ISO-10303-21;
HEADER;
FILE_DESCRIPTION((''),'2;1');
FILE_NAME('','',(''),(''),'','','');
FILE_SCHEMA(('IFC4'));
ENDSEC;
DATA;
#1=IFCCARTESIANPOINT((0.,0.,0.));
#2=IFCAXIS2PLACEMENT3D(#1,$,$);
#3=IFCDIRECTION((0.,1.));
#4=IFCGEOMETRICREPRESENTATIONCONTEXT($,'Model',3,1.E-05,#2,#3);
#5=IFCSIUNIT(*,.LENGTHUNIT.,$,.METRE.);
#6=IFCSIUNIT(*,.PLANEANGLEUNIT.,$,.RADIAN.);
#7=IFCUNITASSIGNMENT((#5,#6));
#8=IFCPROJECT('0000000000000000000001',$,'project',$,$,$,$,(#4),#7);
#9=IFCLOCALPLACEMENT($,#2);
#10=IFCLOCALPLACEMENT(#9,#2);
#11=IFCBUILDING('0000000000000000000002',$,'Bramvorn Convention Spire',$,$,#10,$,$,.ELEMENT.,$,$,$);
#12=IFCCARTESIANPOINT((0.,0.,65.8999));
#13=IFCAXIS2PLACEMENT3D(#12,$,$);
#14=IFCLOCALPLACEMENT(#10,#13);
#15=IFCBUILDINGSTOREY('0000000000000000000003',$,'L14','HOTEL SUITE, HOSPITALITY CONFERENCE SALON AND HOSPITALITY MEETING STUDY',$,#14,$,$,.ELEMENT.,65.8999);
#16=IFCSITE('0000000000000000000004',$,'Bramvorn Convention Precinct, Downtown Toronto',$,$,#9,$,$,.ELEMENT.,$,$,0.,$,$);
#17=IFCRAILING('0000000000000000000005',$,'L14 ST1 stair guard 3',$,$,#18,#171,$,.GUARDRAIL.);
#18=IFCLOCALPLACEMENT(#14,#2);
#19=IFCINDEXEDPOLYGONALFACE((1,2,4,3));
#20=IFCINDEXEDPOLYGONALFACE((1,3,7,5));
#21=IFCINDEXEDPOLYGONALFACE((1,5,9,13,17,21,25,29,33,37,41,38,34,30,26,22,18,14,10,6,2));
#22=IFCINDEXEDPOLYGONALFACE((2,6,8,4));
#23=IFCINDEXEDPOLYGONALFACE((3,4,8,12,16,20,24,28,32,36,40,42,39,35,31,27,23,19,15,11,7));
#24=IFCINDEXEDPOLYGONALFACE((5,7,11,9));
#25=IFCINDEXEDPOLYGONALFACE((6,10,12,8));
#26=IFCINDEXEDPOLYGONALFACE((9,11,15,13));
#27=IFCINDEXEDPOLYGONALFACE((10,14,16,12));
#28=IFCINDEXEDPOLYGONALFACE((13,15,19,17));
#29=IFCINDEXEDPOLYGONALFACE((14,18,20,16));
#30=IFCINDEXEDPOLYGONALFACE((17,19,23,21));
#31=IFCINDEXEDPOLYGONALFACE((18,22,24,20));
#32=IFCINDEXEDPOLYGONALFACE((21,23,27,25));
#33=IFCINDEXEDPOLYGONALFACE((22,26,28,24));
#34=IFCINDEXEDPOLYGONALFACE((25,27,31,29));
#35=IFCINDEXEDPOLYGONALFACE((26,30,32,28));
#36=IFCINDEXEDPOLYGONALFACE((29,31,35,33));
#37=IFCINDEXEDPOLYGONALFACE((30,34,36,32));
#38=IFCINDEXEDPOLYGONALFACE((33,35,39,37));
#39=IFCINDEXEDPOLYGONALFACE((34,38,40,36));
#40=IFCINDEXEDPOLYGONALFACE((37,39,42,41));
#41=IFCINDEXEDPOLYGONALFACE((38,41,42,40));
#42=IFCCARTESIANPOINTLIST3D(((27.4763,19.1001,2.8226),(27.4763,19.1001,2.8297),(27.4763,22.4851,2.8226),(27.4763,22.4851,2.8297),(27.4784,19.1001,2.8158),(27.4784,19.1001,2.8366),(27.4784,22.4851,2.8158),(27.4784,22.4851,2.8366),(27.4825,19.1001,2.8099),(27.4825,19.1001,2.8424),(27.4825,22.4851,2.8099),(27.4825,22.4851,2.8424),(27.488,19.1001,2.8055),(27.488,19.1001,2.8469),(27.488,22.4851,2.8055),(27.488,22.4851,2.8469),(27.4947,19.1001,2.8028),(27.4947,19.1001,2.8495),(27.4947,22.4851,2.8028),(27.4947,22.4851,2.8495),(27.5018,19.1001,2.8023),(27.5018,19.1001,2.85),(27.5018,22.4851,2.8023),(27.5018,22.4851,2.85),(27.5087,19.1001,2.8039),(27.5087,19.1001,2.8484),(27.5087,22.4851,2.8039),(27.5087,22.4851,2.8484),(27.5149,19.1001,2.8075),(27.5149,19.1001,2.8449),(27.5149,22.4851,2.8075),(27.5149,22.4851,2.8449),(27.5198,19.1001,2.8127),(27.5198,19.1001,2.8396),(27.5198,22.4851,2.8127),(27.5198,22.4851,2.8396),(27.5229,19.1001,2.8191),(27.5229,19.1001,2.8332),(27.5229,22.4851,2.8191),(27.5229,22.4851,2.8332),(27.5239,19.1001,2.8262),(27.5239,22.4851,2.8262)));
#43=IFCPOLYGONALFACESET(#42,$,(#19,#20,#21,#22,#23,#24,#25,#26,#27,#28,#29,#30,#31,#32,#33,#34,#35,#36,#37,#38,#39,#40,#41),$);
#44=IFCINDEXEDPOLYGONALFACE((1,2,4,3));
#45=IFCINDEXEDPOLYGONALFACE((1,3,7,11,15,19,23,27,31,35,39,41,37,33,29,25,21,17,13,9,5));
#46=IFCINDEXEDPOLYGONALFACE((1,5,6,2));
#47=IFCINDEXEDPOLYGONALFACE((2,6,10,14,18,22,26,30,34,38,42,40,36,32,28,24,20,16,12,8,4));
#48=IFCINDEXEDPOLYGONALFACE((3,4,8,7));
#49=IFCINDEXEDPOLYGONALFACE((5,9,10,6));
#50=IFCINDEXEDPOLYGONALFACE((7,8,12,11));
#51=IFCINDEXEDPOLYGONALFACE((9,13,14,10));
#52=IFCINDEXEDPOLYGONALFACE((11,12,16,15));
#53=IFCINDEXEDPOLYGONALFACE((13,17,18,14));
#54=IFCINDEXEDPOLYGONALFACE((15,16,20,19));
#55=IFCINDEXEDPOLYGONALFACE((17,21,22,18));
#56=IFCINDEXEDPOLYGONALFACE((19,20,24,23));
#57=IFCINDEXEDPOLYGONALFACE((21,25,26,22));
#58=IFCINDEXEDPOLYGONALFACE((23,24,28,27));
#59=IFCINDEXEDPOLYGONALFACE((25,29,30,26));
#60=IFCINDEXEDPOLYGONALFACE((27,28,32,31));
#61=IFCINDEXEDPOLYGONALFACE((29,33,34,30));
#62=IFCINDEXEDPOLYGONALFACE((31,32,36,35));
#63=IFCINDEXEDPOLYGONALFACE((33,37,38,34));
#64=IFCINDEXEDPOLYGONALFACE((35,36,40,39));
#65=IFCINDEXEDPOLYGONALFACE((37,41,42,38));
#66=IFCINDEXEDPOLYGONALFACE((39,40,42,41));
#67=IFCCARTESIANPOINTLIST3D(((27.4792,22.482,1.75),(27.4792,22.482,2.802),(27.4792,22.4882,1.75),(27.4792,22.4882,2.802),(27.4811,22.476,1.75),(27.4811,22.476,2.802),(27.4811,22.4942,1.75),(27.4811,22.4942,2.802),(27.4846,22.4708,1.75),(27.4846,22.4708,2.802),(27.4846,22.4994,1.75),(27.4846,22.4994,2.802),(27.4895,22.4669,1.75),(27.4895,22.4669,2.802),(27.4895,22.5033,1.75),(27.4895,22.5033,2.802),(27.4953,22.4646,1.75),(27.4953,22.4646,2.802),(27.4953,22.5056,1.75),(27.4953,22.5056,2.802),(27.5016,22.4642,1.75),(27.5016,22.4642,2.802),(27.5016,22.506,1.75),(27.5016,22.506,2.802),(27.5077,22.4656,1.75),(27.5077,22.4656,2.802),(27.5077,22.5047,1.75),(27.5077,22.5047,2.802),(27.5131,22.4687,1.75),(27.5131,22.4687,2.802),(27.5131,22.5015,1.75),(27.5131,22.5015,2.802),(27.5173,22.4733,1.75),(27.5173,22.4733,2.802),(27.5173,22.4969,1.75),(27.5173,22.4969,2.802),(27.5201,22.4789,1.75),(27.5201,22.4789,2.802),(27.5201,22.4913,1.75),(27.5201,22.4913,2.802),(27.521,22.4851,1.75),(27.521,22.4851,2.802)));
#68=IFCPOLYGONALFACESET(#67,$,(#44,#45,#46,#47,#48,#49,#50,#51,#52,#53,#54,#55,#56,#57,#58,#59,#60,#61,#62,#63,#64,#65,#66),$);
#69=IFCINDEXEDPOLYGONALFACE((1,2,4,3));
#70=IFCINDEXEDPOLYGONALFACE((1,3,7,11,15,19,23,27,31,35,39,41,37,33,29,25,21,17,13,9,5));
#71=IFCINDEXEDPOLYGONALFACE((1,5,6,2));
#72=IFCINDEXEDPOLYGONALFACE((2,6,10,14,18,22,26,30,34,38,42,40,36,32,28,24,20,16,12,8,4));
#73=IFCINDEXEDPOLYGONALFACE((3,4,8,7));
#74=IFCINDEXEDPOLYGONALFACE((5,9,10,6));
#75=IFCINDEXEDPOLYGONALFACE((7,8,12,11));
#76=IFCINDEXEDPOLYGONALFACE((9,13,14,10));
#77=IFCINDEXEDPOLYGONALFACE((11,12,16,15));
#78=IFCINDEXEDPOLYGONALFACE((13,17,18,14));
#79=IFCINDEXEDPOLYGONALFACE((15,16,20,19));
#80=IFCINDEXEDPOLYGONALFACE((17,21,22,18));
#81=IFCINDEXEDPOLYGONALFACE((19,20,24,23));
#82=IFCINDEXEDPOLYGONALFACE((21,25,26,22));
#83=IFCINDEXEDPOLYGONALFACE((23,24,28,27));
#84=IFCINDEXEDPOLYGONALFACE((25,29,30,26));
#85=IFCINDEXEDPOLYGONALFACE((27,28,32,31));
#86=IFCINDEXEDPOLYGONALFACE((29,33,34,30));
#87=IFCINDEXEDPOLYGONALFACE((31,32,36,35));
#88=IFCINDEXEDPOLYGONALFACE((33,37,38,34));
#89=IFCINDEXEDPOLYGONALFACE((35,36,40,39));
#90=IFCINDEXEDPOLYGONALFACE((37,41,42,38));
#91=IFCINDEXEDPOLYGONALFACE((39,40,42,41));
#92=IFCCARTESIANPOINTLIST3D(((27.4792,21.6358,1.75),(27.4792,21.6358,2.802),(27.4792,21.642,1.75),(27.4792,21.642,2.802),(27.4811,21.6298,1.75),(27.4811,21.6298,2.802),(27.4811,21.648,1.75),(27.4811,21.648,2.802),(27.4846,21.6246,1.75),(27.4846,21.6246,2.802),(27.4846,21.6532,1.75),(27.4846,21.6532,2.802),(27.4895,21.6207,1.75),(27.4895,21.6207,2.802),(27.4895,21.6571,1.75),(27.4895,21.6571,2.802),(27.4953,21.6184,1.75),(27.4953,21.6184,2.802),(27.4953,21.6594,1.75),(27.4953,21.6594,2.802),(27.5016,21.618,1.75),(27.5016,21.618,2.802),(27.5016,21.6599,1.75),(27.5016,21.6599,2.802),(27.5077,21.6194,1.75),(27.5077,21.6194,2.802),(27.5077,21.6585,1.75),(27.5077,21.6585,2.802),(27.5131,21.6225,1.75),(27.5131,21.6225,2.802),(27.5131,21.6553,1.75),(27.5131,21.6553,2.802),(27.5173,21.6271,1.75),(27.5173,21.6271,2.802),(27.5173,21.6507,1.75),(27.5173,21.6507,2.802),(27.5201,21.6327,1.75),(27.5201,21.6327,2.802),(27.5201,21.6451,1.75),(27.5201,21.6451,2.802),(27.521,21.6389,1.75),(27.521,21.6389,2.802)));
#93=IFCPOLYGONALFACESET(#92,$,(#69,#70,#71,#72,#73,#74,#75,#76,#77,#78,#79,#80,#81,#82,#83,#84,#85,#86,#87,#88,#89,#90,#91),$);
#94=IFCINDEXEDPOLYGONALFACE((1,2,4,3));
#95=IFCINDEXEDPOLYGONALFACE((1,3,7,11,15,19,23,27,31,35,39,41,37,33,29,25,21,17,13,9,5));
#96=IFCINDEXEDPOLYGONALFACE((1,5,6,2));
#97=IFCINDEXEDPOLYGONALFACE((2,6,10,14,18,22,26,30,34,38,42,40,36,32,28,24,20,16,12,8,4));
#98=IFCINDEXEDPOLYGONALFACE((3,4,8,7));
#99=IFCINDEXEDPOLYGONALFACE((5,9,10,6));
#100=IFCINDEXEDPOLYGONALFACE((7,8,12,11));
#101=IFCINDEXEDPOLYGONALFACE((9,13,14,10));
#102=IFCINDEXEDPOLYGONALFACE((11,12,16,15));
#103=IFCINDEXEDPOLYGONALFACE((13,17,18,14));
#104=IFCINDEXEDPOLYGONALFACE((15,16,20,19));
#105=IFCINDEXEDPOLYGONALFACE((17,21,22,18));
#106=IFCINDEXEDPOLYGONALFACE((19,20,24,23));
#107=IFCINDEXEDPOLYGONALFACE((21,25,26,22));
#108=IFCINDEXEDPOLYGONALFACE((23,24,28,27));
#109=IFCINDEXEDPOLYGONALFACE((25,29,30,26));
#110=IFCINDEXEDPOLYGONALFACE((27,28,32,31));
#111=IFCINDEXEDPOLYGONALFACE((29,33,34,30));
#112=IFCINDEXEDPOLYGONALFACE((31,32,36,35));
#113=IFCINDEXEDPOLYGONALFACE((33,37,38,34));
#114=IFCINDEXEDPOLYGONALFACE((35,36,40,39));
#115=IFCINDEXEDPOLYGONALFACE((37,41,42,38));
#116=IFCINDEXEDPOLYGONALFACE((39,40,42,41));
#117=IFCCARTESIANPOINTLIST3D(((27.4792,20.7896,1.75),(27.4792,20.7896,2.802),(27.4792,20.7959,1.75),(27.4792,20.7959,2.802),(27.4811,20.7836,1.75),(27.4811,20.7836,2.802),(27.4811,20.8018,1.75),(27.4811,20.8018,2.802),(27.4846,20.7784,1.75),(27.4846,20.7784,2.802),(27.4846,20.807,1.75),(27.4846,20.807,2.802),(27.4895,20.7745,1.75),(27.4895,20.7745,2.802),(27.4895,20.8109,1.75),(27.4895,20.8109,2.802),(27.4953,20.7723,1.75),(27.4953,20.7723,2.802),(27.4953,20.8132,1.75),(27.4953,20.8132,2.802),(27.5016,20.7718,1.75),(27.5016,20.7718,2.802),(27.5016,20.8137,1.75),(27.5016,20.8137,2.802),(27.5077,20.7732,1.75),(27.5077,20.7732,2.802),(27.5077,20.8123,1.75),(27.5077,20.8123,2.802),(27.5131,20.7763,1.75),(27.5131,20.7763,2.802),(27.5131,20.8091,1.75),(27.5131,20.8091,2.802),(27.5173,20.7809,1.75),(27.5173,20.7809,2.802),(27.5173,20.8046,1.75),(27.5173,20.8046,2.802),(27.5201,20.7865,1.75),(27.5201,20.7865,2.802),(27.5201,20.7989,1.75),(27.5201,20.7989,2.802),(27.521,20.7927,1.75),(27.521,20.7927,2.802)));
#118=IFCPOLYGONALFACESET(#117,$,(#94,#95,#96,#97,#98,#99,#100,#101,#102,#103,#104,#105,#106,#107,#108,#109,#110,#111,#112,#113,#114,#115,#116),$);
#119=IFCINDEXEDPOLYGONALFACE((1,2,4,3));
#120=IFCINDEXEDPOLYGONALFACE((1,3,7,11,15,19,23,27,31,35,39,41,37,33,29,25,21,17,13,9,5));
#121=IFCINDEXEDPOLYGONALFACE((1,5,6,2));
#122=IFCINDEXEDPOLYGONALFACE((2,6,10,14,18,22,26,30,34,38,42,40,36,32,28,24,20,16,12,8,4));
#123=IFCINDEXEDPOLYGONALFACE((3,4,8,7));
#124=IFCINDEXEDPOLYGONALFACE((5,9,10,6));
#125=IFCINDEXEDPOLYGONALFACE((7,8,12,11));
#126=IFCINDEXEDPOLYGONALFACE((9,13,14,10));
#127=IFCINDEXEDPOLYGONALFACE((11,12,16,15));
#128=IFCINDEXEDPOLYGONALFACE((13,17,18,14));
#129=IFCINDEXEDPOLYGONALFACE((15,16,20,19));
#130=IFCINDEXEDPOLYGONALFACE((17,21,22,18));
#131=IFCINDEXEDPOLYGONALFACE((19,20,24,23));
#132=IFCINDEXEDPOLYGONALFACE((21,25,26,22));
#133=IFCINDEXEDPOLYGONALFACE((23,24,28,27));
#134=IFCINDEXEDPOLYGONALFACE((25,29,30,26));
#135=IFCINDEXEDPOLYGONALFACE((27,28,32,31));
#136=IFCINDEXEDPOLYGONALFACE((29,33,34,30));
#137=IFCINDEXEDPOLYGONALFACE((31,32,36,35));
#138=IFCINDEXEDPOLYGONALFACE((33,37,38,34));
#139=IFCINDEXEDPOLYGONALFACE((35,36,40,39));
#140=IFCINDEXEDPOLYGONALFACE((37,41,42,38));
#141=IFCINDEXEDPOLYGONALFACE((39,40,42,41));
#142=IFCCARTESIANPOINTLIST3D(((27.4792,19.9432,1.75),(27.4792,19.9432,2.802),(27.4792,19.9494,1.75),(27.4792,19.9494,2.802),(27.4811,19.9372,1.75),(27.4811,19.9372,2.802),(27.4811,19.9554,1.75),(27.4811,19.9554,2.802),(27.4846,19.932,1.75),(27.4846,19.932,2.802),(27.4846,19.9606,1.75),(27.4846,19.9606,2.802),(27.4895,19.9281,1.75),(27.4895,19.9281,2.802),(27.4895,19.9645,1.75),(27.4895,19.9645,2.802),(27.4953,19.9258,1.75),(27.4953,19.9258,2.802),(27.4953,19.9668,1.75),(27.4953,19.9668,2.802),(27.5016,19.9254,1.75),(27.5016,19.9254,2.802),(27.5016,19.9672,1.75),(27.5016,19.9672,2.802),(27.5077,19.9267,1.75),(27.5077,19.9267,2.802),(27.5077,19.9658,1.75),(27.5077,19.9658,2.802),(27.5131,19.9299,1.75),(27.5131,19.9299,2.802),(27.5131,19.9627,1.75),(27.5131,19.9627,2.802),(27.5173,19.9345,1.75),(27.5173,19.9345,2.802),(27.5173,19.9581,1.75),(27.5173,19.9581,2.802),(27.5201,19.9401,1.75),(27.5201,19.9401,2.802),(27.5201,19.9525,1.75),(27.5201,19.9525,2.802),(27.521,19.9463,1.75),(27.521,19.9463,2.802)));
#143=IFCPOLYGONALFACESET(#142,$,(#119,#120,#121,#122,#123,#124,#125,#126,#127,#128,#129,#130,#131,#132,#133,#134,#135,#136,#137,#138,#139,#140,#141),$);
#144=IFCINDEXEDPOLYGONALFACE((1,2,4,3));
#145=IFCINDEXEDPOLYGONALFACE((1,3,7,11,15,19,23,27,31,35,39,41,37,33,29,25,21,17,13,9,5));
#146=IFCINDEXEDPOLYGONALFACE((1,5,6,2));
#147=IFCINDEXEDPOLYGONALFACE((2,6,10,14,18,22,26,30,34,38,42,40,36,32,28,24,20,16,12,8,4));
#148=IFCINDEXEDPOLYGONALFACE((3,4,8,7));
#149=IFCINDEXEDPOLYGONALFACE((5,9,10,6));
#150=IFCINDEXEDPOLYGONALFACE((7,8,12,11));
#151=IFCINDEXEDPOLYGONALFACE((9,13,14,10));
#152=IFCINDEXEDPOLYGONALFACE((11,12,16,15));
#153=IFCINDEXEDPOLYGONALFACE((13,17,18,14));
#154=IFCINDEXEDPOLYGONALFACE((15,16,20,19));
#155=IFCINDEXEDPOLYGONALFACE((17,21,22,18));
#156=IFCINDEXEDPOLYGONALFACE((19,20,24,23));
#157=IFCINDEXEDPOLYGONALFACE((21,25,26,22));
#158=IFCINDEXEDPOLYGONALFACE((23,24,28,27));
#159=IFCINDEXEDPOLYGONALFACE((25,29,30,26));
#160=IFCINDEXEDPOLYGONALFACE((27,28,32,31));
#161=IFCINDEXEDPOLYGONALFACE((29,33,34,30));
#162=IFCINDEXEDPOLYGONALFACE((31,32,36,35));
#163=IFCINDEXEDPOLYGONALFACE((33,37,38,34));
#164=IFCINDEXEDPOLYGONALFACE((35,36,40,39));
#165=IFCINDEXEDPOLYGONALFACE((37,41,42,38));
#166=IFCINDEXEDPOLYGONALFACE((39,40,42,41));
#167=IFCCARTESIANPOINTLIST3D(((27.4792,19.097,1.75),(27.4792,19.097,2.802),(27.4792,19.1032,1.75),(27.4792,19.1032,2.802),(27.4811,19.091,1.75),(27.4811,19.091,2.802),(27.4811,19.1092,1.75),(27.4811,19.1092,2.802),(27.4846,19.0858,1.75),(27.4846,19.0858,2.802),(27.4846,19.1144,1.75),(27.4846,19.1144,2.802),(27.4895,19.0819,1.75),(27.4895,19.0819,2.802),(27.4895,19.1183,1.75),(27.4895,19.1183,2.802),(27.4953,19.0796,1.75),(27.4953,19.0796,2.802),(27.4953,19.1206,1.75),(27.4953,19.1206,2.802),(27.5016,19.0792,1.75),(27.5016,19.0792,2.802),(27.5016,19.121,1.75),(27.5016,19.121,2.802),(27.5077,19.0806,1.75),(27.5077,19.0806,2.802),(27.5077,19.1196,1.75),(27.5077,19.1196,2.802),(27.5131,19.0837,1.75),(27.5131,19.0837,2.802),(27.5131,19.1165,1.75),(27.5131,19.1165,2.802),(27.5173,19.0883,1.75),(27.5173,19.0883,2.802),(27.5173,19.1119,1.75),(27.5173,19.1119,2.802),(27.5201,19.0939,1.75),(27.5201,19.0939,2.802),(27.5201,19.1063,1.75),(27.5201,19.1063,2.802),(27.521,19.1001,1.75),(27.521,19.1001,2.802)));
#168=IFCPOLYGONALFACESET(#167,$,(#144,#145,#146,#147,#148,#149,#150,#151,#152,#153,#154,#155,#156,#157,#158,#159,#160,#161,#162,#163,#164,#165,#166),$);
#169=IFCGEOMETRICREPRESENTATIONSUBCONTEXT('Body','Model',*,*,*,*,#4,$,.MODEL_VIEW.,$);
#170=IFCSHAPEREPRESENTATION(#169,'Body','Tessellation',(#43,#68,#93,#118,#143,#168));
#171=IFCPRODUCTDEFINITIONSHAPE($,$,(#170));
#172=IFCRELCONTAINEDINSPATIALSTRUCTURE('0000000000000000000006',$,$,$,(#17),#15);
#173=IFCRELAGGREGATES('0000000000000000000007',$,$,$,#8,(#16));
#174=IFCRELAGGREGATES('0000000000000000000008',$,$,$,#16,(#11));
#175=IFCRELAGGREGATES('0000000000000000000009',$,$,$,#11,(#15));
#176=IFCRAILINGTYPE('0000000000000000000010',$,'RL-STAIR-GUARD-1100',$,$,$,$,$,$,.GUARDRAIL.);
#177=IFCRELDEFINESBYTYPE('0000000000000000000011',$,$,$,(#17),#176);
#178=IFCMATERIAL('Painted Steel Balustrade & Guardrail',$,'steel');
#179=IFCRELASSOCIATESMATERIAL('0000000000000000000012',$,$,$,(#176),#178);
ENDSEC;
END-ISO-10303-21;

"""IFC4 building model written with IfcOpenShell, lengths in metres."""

from ifc_helpers import new_model, si_unit, direction, frame, origin, origin_2d, place, context, subcontext, project, spatial, circle, extrude, material, type_object, element, save


model = new_model("IFC4")

# Units and contexts
model_context = context("Model", 3, precision=1e-05, world=origin(), true_north=direction((0.0, 1.0)))
body_context = subcontext(model_context, "Body", "Model", "MODEL_VIEW")
ifc_project = project(units=[si_unit("LENGTHUNIT", "METRE"), si_unit("PLANEANGLEUNIT", "RADIAN")], contexts=[model_context])

# Site, building, storey
site_placement = place(None, origin())
site = spatial("IfcSite", under=ifc_project, at=site_placement, Name="Bramvorn Convention Precinct, Downtown Toronto", CompositionType="ELEMENT", RefElevation=0.0)
building_placement = place(site_placement, origin())
building = spatial("IfcBuilding", under=site, at=building_placement, Name="Bramvorn Convention Spire", CompositionType="ELEMENT")
storey_placement = place(building_placement, frame((0.0, 0.0, 65.8999)))
storey = spatial("IfcBuildingStorey", under=building, at=storey_placement, Name="L14", Description="HOTEL SUITE, HOSPITALITY CONFERENCE SALON AND HOSPITALITY MEETING STUDY", CompositionType="ELEMENT", Elevation=65.8999)

# Railing
ifc_material_1 = material(Name="Painted Steel Balustrade & Guardrail", Category="steel")
railing_type_1 = type_object("IfcRailingType", Name="RL-STAIR-GUARD-1100", PredefinedType="GUARDRAIL", material=ifc_material_1)
for number, where, name in (
    (1, (27.5, 22.4851, 1.75), "L14 ST1 stair guard 3"),
):
    element("IfcRailing", number, at=place(storey_placement, frame(where)), inside=storey, type_object=railing_type_1, Name=name, PredefinedType="GUARDRAIL", context=body_context, shape_type="SweptSolid", body=[
        extrude(circle(Radius=0.0239, at=origin_2d()), frame((0.0, 0.0, 1.0762), z_axis=(0.0, -1.0, 0.0), x_axis=(1.0, 0.0, 0.0)), (0.0, 0.0, 1.0), 3.385),
        extrude(circle(Radius=0.021, at=origin_2d()), origin(), (0.0, 0.0, 1.0), 1.052),
        extrude(circle(Radius=0.021, at=origin_2d()), frame((0.0, -0.8462, 0.0)), (0.0, 0.0, 1.0), 1.052),
        extrude(circle(Radius=0.021, at=origin_2d()), frame((0.0, -1.6924, 0.0)), (0.0, 0.0, 1.0), 1.052),
        extrude(circle(Radius=0.021, at=origin_2d()), frame((0.0, -2.5388, 0.0)), (0.0, 0.0, 1.0), 1.052),
        extrude(circle(Radius=0.021, at=origin_2d()), frame((0.0, -3.385, 0.0)), (0.0, 0.0, 1.0), 1.052),
    ])

save(model, "model.ifc")
